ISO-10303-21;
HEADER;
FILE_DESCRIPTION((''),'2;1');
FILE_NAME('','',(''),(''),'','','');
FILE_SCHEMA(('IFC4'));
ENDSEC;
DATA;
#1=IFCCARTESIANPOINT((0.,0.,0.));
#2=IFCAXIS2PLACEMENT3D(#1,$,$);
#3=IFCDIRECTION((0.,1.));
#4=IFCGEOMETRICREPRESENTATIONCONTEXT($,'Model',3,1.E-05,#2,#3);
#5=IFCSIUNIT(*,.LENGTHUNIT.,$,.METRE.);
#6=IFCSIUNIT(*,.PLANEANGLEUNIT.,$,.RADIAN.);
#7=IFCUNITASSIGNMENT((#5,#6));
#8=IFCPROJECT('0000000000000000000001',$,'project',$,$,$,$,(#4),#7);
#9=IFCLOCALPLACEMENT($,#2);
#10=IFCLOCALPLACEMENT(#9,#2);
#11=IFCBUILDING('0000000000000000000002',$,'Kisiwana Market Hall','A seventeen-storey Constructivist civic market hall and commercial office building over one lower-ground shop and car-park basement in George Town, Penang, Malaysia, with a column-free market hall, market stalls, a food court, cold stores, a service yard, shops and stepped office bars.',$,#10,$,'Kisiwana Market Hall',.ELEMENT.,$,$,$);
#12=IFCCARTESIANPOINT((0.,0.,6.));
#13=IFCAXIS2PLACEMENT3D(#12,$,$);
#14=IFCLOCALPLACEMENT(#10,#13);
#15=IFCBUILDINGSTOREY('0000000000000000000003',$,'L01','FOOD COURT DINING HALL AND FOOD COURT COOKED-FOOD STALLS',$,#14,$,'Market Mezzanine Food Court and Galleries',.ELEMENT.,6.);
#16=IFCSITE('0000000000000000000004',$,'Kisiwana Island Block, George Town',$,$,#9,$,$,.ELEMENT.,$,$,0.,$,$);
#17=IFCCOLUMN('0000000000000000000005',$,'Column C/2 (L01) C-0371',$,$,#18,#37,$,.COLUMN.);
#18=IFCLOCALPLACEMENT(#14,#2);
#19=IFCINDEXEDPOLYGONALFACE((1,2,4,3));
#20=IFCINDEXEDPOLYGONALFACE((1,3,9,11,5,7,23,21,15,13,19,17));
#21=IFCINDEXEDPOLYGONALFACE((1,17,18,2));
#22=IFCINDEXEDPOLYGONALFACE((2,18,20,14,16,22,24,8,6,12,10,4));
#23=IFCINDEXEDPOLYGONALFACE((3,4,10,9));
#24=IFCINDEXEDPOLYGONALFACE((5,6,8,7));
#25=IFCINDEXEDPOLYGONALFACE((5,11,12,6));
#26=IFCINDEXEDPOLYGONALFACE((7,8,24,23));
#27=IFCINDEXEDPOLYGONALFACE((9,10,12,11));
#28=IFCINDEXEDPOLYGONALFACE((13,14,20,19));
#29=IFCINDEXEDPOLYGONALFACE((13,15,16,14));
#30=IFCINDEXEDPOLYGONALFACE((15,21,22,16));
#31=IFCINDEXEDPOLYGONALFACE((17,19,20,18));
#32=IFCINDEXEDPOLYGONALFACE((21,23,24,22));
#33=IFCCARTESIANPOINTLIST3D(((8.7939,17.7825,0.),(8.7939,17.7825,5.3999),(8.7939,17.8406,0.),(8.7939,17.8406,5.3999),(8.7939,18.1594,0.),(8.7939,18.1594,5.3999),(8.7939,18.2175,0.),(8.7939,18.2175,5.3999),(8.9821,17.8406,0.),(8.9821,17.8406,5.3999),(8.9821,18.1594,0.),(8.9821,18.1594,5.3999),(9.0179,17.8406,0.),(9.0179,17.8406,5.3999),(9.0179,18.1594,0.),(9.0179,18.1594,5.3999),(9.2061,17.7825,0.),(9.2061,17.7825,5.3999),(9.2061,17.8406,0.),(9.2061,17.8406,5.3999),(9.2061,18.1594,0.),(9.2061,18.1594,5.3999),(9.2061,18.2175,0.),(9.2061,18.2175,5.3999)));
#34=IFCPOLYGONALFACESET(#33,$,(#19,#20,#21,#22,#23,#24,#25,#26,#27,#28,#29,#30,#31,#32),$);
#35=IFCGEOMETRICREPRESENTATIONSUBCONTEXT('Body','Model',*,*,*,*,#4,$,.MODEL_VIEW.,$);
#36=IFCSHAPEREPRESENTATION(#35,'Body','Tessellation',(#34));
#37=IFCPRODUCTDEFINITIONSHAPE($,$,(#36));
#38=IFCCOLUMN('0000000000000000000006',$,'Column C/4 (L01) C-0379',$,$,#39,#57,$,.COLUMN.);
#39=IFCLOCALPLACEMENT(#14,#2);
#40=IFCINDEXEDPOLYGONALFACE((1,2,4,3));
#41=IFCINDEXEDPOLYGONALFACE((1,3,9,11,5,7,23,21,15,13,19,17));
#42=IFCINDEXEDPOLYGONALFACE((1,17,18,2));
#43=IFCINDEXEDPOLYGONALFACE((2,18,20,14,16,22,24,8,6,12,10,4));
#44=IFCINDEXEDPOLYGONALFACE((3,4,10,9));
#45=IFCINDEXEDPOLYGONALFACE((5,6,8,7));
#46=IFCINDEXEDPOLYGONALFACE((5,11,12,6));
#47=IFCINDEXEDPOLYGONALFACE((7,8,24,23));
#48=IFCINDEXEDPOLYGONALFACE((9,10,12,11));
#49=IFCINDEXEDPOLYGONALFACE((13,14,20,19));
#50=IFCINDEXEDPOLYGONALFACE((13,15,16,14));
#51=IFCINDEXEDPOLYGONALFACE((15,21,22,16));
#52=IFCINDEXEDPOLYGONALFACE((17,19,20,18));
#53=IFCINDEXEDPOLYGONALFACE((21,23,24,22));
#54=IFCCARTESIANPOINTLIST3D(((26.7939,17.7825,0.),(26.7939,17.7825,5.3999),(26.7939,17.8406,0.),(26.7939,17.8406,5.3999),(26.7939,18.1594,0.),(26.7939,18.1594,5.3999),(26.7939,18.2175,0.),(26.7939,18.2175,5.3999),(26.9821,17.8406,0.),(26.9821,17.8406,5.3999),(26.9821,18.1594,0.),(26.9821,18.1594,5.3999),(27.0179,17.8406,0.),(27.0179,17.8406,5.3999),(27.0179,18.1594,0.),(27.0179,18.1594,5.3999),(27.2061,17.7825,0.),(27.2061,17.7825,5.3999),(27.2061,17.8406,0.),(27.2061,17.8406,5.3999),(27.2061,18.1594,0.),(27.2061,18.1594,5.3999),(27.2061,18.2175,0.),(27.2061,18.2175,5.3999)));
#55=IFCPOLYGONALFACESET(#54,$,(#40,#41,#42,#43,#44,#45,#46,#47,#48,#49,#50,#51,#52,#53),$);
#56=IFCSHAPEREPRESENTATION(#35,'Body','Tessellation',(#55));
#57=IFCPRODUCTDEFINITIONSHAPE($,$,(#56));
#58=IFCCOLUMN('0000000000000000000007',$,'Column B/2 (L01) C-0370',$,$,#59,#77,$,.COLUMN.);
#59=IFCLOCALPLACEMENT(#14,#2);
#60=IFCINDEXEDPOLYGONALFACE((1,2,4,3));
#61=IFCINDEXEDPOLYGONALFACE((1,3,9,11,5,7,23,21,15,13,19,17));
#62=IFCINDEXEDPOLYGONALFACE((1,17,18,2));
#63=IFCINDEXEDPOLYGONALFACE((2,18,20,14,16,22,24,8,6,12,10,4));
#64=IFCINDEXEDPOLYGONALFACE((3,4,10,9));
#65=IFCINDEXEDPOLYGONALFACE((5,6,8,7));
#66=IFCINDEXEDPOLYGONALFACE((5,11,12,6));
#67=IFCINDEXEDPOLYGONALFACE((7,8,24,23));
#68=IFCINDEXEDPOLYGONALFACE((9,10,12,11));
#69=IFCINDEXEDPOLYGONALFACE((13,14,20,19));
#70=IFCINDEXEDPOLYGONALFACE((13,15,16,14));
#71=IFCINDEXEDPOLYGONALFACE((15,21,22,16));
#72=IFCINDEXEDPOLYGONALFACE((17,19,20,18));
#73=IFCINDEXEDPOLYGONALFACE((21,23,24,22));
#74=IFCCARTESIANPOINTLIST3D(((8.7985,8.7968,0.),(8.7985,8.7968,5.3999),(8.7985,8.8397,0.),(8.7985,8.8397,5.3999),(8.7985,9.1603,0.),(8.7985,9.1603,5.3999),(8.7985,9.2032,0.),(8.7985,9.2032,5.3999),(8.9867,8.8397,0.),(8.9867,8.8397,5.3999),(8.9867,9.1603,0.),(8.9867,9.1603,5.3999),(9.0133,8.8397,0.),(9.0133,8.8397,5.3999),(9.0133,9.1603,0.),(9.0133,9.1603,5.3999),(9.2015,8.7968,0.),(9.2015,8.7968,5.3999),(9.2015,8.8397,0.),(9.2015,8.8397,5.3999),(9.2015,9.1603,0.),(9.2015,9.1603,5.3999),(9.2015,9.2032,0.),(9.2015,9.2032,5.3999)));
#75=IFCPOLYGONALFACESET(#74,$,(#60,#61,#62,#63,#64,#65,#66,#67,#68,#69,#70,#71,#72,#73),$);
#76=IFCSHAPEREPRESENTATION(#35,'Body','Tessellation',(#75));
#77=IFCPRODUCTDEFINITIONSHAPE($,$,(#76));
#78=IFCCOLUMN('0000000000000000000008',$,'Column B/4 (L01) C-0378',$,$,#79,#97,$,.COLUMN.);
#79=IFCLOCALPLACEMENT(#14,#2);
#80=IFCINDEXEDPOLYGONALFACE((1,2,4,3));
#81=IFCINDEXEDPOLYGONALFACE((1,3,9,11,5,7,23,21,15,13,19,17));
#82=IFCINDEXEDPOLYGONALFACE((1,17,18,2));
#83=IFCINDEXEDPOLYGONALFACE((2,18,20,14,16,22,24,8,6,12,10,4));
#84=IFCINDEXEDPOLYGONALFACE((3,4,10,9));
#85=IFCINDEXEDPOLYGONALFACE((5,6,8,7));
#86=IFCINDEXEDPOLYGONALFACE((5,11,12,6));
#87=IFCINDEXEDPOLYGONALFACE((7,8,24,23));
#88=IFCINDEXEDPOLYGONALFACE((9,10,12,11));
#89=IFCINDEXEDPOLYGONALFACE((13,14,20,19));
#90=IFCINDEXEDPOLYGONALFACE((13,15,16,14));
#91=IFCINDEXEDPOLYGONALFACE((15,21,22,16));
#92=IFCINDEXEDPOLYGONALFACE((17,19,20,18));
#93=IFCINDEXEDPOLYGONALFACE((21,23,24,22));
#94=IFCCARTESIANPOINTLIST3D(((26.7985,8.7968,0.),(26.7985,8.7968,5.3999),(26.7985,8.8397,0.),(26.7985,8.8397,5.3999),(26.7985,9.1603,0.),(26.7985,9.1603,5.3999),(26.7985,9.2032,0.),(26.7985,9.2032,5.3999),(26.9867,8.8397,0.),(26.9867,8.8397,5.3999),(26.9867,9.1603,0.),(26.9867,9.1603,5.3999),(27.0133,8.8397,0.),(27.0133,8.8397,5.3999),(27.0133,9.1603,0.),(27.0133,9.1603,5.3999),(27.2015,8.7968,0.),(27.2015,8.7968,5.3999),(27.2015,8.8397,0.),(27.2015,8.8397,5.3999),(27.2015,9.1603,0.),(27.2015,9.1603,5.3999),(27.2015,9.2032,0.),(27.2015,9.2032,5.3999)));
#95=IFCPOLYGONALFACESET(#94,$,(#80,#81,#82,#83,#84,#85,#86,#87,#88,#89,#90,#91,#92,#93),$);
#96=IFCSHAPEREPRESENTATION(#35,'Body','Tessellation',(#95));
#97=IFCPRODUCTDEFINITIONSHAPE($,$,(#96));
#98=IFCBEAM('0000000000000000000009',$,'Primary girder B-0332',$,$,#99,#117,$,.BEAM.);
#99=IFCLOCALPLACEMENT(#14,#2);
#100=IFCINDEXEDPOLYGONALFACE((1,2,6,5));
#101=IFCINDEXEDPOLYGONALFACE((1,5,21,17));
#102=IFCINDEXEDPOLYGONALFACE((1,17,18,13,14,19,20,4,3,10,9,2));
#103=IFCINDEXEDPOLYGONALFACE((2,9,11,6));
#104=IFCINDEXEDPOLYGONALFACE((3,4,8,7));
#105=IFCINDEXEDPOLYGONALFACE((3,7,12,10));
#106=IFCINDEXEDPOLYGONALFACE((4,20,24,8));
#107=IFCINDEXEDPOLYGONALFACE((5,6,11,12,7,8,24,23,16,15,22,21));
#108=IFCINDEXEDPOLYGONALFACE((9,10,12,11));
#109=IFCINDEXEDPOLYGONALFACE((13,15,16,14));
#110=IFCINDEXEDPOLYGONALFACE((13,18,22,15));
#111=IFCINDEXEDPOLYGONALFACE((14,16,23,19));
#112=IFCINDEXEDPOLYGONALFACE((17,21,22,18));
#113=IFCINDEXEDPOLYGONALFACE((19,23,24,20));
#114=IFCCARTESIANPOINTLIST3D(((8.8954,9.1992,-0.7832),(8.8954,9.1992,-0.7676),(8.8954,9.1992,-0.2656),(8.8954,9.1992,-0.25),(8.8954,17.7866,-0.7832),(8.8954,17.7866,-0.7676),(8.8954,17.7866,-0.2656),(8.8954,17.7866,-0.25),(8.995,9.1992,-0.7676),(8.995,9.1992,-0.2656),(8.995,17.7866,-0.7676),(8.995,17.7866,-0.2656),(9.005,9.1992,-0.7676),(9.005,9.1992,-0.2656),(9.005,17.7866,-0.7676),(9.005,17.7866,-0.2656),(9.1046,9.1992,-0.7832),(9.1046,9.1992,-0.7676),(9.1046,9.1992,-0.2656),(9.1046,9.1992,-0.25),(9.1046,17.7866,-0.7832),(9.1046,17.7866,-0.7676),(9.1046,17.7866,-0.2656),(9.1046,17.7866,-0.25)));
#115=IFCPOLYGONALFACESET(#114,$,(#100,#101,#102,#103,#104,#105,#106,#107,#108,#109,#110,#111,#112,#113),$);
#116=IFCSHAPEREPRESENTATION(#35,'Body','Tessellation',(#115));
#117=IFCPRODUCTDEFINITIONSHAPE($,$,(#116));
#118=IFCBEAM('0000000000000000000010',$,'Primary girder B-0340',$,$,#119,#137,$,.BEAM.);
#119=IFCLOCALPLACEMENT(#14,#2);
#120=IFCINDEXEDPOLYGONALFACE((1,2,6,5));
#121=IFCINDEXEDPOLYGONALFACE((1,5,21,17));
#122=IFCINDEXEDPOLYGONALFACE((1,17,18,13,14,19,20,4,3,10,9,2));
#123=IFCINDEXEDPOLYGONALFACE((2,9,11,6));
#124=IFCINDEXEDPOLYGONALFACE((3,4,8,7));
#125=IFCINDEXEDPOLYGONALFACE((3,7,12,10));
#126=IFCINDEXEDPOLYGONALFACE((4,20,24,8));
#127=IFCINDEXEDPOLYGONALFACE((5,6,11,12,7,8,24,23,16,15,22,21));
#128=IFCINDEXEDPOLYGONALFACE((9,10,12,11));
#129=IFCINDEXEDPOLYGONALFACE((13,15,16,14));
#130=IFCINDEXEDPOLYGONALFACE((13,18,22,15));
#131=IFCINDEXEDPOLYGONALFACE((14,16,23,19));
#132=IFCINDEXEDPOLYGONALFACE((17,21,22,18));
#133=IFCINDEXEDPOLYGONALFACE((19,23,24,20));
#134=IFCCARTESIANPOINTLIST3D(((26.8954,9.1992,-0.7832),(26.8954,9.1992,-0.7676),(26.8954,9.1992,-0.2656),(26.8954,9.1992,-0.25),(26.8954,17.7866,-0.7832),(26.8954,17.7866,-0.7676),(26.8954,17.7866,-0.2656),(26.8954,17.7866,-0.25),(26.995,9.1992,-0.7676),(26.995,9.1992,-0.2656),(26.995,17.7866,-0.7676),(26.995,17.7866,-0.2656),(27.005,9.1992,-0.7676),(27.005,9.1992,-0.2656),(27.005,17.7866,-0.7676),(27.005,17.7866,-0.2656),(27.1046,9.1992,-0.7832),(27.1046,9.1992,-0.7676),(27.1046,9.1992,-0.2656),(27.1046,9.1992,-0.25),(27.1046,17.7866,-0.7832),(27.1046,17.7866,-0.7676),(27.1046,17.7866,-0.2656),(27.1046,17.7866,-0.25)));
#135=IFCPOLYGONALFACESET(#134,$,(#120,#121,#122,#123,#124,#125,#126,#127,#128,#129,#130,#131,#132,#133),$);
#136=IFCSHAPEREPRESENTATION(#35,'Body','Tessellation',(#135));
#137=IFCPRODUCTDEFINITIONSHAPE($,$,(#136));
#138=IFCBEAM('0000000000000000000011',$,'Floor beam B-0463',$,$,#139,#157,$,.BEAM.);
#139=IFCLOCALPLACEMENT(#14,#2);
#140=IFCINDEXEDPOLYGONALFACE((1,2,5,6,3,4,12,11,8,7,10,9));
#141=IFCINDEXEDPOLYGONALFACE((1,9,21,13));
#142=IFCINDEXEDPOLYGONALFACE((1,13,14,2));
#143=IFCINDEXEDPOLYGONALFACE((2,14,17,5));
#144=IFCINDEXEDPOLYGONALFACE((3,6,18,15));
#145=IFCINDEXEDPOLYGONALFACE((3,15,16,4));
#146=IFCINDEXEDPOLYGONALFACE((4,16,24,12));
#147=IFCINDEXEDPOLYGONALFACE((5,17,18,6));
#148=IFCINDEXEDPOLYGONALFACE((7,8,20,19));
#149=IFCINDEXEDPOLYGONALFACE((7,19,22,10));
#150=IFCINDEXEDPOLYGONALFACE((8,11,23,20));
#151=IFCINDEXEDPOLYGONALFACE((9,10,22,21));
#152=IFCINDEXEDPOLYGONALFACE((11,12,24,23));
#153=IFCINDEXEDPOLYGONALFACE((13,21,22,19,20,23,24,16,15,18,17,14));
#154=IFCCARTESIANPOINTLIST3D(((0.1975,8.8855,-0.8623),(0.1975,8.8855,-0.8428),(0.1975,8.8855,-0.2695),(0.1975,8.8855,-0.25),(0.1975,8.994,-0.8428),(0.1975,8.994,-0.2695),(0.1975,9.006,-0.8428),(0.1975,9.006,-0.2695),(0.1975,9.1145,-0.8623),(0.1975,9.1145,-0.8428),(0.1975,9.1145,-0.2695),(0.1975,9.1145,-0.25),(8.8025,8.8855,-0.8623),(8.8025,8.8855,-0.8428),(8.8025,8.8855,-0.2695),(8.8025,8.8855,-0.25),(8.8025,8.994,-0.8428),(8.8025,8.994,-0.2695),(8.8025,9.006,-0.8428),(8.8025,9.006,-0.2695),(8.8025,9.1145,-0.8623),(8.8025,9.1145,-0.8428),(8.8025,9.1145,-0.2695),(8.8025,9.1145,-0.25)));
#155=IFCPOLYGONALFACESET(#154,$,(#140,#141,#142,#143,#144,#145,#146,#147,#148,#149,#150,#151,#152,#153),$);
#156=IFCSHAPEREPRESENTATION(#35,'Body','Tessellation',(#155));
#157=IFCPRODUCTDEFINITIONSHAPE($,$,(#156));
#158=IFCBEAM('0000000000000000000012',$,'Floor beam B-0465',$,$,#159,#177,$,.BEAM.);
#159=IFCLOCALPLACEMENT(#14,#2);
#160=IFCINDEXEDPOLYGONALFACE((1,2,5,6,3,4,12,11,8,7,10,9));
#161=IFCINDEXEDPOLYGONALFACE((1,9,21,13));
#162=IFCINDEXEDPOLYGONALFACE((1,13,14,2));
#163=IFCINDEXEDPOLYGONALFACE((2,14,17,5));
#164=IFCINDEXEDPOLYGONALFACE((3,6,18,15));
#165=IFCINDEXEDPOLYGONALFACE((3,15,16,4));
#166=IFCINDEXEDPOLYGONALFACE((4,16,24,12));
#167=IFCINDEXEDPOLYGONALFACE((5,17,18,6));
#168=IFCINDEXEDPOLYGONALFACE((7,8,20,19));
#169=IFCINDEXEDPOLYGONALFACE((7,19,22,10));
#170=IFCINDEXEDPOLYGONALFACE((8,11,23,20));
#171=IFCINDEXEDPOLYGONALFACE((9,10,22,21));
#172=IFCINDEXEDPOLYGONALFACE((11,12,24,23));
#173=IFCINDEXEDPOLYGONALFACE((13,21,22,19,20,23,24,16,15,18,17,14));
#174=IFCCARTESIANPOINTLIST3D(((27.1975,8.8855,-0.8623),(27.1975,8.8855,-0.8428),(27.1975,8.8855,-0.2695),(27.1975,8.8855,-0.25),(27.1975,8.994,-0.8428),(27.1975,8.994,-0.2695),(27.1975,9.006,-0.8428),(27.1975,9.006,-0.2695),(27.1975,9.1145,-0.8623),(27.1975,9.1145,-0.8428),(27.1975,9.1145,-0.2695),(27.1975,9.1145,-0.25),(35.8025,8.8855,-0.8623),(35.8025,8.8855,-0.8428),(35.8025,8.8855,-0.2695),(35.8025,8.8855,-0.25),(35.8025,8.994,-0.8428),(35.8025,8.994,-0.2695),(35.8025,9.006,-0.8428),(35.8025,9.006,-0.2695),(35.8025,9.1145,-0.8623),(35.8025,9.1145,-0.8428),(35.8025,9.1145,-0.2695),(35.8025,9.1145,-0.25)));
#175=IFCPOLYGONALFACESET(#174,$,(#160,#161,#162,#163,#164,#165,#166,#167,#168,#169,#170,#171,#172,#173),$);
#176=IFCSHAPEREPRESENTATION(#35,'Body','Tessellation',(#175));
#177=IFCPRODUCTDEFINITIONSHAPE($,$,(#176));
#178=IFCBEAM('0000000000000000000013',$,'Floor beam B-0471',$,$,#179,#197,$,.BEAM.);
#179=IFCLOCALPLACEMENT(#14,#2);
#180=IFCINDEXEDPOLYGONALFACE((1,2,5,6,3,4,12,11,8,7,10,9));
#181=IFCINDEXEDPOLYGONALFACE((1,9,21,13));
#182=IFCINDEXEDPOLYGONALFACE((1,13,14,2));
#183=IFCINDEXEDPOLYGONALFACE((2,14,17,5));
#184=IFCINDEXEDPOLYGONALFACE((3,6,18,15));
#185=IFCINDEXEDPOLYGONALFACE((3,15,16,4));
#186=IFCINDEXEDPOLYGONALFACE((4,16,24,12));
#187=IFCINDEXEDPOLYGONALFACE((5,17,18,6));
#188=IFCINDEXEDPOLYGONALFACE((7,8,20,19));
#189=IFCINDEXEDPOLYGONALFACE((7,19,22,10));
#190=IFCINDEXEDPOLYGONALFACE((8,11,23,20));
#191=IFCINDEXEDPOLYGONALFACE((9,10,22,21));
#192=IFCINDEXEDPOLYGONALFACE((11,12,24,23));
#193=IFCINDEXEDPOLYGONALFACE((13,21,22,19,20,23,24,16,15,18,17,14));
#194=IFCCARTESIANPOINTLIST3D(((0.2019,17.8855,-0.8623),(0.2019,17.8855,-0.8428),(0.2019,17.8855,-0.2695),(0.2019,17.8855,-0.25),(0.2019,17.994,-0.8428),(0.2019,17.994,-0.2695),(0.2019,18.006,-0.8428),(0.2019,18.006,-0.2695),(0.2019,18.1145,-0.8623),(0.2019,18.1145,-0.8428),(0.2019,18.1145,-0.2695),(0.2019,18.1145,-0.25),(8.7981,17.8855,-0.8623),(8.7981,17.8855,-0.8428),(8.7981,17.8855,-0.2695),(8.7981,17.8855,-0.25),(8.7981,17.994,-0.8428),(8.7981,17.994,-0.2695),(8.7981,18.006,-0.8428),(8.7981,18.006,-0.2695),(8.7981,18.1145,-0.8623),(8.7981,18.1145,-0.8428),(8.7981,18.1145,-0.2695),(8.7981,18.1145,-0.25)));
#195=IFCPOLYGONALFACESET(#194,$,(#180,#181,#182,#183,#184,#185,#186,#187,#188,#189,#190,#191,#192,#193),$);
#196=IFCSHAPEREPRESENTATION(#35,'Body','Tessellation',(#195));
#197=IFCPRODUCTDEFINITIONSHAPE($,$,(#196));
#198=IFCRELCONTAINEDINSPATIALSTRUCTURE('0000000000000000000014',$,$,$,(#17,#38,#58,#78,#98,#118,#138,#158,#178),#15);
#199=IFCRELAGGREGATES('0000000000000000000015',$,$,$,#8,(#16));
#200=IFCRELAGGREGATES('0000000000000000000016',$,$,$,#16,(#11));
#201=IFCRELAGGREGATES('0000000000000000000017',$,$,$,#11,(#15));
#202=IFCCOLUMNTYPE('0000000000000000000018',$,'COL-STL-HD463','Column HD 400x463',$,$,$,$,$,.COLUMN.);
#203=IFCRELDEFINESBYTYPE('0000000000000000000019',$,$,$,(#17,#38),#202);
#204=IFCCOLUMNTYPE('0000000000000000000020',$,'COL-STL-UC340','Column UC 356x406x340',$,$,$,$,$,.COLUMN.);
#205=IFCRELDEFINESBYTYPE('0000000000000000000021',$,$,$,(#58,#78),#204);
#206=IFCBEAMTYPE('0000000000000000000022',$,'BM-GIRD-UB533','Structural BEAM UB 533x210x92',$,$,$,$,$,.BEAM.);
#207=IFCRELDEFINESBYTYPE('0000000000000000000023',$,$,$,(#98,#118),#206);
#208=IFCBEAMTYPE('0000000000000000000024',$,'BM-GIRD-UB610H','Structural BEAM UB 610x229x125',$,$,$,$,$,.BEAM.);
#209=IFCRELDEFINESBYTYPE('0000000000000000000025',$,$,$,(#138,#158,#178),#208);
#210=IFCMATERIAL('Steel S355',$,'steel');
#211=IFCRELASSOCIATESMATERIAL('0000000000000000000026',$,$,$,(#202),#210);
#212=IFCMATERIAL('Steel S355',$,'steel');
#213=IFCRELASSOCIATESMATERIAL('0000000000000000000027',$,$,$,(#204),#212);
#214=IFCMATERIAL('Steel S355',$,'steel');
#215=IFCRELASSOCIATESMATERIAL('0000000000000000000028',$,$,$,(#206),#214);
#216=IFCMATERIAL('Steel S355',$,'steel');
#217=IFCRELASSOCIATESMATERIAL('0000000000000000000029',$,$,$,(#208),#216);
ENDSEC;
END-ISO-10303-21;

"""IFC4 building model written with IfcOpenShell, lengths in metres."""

from ifc_helpers import new_model, si_unit, direction, frame, origin, origin_2d, place, context, subcontext, project, spatial, i_section, extrude, material, material_profile, profile_set, type_object, element, save


model = new_model("IFC4")

# Units and contexts
model_context = context("Model", 3, precision=1e-05, world=origin(), true_north=direction((0.0, 1.0)))
body_context = subcontext(model_context, "Body", "Model", "MODEL_VIEW")
ifc_project = project(units=[si_unit("LENGTHUNIT", "METRE"), si_unit("PLANEANGLEUNIT", "RADIAN")], contexts=[model_context])

# Site, building, storey
site_placement = place(None, origin())
site = spatial("IfcSite", under=ifc_project, at=site_placement, Name="Kisiwana Island Block, George Town", CompositionType="ELEMENT", RefElevation=0.0)
building_placement = place(site_placement, origin())
building = spatial("IfcBuilding", under=site, at=building_placement, Name="Kisiwana Market Hall", Description="A seventeen-storey Constructivist civic market hall and commercial office building over one lower-ground shop and car-park basement in George Town, Penang, Malaysia, with a column-free market hall, market stalls, a food court, cold stores, a service yard, shops and stepped office bars.", LongName="Kisiwana Market Hall", CompositionType="ELEMENT")
storey_placement = place(building_placement, frame((0.0, 0.0, 6.0)))
storey = spatial("IfcBuildingStorey", under=building, at=storey_placement, Name="L01", Description="FOOD COURT DINING HALL AND FOOD COURT COOKED-FOOD STALLS", LongName="Market Mezzanine Food Court and Galleries", CompositionType="ELEMENT", Elevation=6.0)

# Columns
ifc_material_1 = material(Name="Steel S355", Category="steel")
ifc_material_profile_1 = material_profile(ifc_material_1, i_section(OverallWidth=0.4121, OverallDepth=0.4351, WebThickness=0.0359, FlangeThickness=0.0581, at=origin_2d()), Name="HD 400x463")
ifc_profile_set_1 = profile_set([ifc_material_profile_1], Name="Steel S355")
column_type_1 = type_object("IfcColumnType", Name="COL-STL-HD463", Description="Column HD 400x463", PredefinedType="COLUMN", material=ifc_profile_set_1)
for number, where, z_axis, x_axis, name in (
    (1, (9.0, 18.0, 0.0), (0.0, 0.0, 1.0), (1.0, 0.0, 0.0), "Column C/2 (L01) C-0371"),
    (2, (27.0, 18.0, 0.0), (0.0, 0.0, 1.0), (1.0, 0.0, 0.0), "Column C/4 (L01) C-0379"),
):
    element("IfcColumn", number, at=place(storey_placement, frame(where, z_axis=z_axis, x_axis=x_axis)), inside=storey, type_object=column_type_1, Name=name, PredefinedType="COLUMN", context=body_context, shape_type="SweptSolid", body=[
        extrude(i_section(OverallWidth=0.4121, OverallDepth=0.4351, WebThickness=0.0359, FlangeThickness=0.0581, at=origin_2d()), origin(), (0.0, 0.0, 1.0), 5.3999),
    ])
ifc_material_2 = material(Name="Steel S355", Category="steel")
ifc_material_profile_2 = material_profile(ifc_material_2, i_section(OverallWidth=0.4031, OverallDepth=0.4065, WebThickness=0.0266, FlangeThickness=0.043, at=origin_2d()), Name="UC 356x406x340")
ifc_profile_set_2 = profile_set([ifc_material_profile_2], Name="Steel S355")
column_type_2 = type_object("IfcColumnType", Name="COL-STL-UC340", Description="Column UC 356x406x340", PredefinedType="COLUMN", material=ifc_profile_set_2)
for number, where, z_axis, x_axis, name in (
    (3, (9.0, 9.0, 0.0), (0.0, 0.0, 1.0), (1.0, 0.0, 0.0), "Column B/2 (L01) C-0370"),
    (4, (27.0, 9.0, 0.0), (0.0, 0.0, 1.0), (1.0, 0.0, 0.0), "Column B/4 (L01) C-0378"),
):
    element("IfcColumn", number, at=place(storey_placement, frame(where, z_axis=z_axis, x_axis=x_axis)), inside=storey, type_object=column_type_2, Name=name, PredefinedType="COLUMN", context=body_context, shape_type="SweptSolid", body=[
        extrude(i_section(OverallWidth=0.4031, OverallDepth=0.4065, WebThickness=0.0266, FlangeThickness=0.043, at=origin_2d()), origin(), (0.0, 0.0, 1.0), 5.3999),
    ])

# Beams
ifc_material_3 = material(Name="Steel S355", Category="steel")
ifc_material_profile_3 = material_profile(ifc_material_3, i_section(OverallWidth=0.2092, OverallDepth=0.5332, WebThickness=0.01, FlangeThickness=0.0156, at=origin_2d()), Name="UB 533x210x92")
ifc_profile_set_3 = profile_set([ifc_material_profile_3], Name="Steel S355")
beam_type_1 = type_object("IfcBeamType", Name="BM-GIRD-UB533", Description="Structural BEAM UB 533x210x92", PredefinedType="BEAM", material=ifc_profile_set_3)
for number, where, z_axis, x_axis, name in (
    (5, (9.0, 9.1992, -0.5166), (0.0, 1.0, 0.0), (-1.0, 0.0, 0.0), "Primary girder B-0332"),
    (6, (27.0, 9.1992, -0.5166), (0.0, 1.0, 0.0), (-1.0, 0.0, 0.0), "Primary girder B-0340"),
):
    element("IfcBeam", number, at=place(storey_placement, frame(where, z_axis=z_axis, x_axis=x_axis)), inside=storey, type_object=beam_type_1, Name=name, PredefinedType="BEAM", context=body_context, shape_type="SweptSolid", body=[
        extrude(i_section(OverallWidth=0.2092, OverallDepth=0.5332, WebThickness=0.01, FlangeThickness=0.0156, at=origin_2d()), origin(), (0.0, 0.0, 1.0), 8.5874),
    ])
ifc_material_4 = material(Name="Steel S355", Category="steel")
ifc_material_profile_4 = material_profile(ifc_material_4, i_section(OverallWidth=0.229, OverallDepth=0.6123, WebThickness=0.012, FlangeThickness=0.0195, at=origin_2d()), Name="UB 610x229x125")
ifc_profile_set_4 = profile_set([ifc_material_profile_4], Name="Steel S355")
beam_type_2 = type_object("IfcBeamType", Name="BM-GIRD-UB610H", Description="Structural BEAM UB 610x229x125", PredefinedType="BEAM", material=ifc_profile_set_4)
for number, where, z_axis, x_axis, name in (
    (7, (0.1975, 9.0, -0.5562), (1.0, 0.0, 0.0), (0.0, 1.0, 0.0), "Floor beam B-0463"),
    (8, (27.1975, 9.0, -0.5562), (1.0, 0.0, 0.0), (0.0, 1.0, 0.0), "Floor beam B-0465"),
):
    element("IfcBeam", number, at=place(storey_placement, frame(where, z_axis=z_axis, x_axis=x_axis)), inside=storey, type_object=beam_type_2, Name=name, PredefinedType="BEAM", context=body_context, shape_type="SweptSolid", body=[
        extrude(i_section(OverallWidth=0.229, OverallDepth=0.6123, WebThickness=0.012, FlangeThickness=0.0195, at=origin_2d()), origin(), (0.0, 0.0, 1.0), 8.605),
    ])
for number, where, z_axis, x_axis, name in (
    (9, (0.2019, 18.0, -0.5562), (1.0, 0.0, 0.0), (0.0, 1.0, 0.0), "Floor beam B-0471"),
):
    element("IfcBeam", number, at=place(storey_placement, frame(where, z_axis=z_axis, x_axis=x_axis)), inside=storey, type_object=beam_type_2, Name=name, PredefinedType="BEAM", context=body_context, shape_type="SweptSolid", body=[
        extrude(i_section(OverallWidth=0.229, OverallDepth=0.6123, WebThickness=0.012, FlangeThickness=0.0195, at=origin_2d()), origin(), (0.0, 0.0, 1.0), 8.5962),
    ])

save(model, "model.ifc")
